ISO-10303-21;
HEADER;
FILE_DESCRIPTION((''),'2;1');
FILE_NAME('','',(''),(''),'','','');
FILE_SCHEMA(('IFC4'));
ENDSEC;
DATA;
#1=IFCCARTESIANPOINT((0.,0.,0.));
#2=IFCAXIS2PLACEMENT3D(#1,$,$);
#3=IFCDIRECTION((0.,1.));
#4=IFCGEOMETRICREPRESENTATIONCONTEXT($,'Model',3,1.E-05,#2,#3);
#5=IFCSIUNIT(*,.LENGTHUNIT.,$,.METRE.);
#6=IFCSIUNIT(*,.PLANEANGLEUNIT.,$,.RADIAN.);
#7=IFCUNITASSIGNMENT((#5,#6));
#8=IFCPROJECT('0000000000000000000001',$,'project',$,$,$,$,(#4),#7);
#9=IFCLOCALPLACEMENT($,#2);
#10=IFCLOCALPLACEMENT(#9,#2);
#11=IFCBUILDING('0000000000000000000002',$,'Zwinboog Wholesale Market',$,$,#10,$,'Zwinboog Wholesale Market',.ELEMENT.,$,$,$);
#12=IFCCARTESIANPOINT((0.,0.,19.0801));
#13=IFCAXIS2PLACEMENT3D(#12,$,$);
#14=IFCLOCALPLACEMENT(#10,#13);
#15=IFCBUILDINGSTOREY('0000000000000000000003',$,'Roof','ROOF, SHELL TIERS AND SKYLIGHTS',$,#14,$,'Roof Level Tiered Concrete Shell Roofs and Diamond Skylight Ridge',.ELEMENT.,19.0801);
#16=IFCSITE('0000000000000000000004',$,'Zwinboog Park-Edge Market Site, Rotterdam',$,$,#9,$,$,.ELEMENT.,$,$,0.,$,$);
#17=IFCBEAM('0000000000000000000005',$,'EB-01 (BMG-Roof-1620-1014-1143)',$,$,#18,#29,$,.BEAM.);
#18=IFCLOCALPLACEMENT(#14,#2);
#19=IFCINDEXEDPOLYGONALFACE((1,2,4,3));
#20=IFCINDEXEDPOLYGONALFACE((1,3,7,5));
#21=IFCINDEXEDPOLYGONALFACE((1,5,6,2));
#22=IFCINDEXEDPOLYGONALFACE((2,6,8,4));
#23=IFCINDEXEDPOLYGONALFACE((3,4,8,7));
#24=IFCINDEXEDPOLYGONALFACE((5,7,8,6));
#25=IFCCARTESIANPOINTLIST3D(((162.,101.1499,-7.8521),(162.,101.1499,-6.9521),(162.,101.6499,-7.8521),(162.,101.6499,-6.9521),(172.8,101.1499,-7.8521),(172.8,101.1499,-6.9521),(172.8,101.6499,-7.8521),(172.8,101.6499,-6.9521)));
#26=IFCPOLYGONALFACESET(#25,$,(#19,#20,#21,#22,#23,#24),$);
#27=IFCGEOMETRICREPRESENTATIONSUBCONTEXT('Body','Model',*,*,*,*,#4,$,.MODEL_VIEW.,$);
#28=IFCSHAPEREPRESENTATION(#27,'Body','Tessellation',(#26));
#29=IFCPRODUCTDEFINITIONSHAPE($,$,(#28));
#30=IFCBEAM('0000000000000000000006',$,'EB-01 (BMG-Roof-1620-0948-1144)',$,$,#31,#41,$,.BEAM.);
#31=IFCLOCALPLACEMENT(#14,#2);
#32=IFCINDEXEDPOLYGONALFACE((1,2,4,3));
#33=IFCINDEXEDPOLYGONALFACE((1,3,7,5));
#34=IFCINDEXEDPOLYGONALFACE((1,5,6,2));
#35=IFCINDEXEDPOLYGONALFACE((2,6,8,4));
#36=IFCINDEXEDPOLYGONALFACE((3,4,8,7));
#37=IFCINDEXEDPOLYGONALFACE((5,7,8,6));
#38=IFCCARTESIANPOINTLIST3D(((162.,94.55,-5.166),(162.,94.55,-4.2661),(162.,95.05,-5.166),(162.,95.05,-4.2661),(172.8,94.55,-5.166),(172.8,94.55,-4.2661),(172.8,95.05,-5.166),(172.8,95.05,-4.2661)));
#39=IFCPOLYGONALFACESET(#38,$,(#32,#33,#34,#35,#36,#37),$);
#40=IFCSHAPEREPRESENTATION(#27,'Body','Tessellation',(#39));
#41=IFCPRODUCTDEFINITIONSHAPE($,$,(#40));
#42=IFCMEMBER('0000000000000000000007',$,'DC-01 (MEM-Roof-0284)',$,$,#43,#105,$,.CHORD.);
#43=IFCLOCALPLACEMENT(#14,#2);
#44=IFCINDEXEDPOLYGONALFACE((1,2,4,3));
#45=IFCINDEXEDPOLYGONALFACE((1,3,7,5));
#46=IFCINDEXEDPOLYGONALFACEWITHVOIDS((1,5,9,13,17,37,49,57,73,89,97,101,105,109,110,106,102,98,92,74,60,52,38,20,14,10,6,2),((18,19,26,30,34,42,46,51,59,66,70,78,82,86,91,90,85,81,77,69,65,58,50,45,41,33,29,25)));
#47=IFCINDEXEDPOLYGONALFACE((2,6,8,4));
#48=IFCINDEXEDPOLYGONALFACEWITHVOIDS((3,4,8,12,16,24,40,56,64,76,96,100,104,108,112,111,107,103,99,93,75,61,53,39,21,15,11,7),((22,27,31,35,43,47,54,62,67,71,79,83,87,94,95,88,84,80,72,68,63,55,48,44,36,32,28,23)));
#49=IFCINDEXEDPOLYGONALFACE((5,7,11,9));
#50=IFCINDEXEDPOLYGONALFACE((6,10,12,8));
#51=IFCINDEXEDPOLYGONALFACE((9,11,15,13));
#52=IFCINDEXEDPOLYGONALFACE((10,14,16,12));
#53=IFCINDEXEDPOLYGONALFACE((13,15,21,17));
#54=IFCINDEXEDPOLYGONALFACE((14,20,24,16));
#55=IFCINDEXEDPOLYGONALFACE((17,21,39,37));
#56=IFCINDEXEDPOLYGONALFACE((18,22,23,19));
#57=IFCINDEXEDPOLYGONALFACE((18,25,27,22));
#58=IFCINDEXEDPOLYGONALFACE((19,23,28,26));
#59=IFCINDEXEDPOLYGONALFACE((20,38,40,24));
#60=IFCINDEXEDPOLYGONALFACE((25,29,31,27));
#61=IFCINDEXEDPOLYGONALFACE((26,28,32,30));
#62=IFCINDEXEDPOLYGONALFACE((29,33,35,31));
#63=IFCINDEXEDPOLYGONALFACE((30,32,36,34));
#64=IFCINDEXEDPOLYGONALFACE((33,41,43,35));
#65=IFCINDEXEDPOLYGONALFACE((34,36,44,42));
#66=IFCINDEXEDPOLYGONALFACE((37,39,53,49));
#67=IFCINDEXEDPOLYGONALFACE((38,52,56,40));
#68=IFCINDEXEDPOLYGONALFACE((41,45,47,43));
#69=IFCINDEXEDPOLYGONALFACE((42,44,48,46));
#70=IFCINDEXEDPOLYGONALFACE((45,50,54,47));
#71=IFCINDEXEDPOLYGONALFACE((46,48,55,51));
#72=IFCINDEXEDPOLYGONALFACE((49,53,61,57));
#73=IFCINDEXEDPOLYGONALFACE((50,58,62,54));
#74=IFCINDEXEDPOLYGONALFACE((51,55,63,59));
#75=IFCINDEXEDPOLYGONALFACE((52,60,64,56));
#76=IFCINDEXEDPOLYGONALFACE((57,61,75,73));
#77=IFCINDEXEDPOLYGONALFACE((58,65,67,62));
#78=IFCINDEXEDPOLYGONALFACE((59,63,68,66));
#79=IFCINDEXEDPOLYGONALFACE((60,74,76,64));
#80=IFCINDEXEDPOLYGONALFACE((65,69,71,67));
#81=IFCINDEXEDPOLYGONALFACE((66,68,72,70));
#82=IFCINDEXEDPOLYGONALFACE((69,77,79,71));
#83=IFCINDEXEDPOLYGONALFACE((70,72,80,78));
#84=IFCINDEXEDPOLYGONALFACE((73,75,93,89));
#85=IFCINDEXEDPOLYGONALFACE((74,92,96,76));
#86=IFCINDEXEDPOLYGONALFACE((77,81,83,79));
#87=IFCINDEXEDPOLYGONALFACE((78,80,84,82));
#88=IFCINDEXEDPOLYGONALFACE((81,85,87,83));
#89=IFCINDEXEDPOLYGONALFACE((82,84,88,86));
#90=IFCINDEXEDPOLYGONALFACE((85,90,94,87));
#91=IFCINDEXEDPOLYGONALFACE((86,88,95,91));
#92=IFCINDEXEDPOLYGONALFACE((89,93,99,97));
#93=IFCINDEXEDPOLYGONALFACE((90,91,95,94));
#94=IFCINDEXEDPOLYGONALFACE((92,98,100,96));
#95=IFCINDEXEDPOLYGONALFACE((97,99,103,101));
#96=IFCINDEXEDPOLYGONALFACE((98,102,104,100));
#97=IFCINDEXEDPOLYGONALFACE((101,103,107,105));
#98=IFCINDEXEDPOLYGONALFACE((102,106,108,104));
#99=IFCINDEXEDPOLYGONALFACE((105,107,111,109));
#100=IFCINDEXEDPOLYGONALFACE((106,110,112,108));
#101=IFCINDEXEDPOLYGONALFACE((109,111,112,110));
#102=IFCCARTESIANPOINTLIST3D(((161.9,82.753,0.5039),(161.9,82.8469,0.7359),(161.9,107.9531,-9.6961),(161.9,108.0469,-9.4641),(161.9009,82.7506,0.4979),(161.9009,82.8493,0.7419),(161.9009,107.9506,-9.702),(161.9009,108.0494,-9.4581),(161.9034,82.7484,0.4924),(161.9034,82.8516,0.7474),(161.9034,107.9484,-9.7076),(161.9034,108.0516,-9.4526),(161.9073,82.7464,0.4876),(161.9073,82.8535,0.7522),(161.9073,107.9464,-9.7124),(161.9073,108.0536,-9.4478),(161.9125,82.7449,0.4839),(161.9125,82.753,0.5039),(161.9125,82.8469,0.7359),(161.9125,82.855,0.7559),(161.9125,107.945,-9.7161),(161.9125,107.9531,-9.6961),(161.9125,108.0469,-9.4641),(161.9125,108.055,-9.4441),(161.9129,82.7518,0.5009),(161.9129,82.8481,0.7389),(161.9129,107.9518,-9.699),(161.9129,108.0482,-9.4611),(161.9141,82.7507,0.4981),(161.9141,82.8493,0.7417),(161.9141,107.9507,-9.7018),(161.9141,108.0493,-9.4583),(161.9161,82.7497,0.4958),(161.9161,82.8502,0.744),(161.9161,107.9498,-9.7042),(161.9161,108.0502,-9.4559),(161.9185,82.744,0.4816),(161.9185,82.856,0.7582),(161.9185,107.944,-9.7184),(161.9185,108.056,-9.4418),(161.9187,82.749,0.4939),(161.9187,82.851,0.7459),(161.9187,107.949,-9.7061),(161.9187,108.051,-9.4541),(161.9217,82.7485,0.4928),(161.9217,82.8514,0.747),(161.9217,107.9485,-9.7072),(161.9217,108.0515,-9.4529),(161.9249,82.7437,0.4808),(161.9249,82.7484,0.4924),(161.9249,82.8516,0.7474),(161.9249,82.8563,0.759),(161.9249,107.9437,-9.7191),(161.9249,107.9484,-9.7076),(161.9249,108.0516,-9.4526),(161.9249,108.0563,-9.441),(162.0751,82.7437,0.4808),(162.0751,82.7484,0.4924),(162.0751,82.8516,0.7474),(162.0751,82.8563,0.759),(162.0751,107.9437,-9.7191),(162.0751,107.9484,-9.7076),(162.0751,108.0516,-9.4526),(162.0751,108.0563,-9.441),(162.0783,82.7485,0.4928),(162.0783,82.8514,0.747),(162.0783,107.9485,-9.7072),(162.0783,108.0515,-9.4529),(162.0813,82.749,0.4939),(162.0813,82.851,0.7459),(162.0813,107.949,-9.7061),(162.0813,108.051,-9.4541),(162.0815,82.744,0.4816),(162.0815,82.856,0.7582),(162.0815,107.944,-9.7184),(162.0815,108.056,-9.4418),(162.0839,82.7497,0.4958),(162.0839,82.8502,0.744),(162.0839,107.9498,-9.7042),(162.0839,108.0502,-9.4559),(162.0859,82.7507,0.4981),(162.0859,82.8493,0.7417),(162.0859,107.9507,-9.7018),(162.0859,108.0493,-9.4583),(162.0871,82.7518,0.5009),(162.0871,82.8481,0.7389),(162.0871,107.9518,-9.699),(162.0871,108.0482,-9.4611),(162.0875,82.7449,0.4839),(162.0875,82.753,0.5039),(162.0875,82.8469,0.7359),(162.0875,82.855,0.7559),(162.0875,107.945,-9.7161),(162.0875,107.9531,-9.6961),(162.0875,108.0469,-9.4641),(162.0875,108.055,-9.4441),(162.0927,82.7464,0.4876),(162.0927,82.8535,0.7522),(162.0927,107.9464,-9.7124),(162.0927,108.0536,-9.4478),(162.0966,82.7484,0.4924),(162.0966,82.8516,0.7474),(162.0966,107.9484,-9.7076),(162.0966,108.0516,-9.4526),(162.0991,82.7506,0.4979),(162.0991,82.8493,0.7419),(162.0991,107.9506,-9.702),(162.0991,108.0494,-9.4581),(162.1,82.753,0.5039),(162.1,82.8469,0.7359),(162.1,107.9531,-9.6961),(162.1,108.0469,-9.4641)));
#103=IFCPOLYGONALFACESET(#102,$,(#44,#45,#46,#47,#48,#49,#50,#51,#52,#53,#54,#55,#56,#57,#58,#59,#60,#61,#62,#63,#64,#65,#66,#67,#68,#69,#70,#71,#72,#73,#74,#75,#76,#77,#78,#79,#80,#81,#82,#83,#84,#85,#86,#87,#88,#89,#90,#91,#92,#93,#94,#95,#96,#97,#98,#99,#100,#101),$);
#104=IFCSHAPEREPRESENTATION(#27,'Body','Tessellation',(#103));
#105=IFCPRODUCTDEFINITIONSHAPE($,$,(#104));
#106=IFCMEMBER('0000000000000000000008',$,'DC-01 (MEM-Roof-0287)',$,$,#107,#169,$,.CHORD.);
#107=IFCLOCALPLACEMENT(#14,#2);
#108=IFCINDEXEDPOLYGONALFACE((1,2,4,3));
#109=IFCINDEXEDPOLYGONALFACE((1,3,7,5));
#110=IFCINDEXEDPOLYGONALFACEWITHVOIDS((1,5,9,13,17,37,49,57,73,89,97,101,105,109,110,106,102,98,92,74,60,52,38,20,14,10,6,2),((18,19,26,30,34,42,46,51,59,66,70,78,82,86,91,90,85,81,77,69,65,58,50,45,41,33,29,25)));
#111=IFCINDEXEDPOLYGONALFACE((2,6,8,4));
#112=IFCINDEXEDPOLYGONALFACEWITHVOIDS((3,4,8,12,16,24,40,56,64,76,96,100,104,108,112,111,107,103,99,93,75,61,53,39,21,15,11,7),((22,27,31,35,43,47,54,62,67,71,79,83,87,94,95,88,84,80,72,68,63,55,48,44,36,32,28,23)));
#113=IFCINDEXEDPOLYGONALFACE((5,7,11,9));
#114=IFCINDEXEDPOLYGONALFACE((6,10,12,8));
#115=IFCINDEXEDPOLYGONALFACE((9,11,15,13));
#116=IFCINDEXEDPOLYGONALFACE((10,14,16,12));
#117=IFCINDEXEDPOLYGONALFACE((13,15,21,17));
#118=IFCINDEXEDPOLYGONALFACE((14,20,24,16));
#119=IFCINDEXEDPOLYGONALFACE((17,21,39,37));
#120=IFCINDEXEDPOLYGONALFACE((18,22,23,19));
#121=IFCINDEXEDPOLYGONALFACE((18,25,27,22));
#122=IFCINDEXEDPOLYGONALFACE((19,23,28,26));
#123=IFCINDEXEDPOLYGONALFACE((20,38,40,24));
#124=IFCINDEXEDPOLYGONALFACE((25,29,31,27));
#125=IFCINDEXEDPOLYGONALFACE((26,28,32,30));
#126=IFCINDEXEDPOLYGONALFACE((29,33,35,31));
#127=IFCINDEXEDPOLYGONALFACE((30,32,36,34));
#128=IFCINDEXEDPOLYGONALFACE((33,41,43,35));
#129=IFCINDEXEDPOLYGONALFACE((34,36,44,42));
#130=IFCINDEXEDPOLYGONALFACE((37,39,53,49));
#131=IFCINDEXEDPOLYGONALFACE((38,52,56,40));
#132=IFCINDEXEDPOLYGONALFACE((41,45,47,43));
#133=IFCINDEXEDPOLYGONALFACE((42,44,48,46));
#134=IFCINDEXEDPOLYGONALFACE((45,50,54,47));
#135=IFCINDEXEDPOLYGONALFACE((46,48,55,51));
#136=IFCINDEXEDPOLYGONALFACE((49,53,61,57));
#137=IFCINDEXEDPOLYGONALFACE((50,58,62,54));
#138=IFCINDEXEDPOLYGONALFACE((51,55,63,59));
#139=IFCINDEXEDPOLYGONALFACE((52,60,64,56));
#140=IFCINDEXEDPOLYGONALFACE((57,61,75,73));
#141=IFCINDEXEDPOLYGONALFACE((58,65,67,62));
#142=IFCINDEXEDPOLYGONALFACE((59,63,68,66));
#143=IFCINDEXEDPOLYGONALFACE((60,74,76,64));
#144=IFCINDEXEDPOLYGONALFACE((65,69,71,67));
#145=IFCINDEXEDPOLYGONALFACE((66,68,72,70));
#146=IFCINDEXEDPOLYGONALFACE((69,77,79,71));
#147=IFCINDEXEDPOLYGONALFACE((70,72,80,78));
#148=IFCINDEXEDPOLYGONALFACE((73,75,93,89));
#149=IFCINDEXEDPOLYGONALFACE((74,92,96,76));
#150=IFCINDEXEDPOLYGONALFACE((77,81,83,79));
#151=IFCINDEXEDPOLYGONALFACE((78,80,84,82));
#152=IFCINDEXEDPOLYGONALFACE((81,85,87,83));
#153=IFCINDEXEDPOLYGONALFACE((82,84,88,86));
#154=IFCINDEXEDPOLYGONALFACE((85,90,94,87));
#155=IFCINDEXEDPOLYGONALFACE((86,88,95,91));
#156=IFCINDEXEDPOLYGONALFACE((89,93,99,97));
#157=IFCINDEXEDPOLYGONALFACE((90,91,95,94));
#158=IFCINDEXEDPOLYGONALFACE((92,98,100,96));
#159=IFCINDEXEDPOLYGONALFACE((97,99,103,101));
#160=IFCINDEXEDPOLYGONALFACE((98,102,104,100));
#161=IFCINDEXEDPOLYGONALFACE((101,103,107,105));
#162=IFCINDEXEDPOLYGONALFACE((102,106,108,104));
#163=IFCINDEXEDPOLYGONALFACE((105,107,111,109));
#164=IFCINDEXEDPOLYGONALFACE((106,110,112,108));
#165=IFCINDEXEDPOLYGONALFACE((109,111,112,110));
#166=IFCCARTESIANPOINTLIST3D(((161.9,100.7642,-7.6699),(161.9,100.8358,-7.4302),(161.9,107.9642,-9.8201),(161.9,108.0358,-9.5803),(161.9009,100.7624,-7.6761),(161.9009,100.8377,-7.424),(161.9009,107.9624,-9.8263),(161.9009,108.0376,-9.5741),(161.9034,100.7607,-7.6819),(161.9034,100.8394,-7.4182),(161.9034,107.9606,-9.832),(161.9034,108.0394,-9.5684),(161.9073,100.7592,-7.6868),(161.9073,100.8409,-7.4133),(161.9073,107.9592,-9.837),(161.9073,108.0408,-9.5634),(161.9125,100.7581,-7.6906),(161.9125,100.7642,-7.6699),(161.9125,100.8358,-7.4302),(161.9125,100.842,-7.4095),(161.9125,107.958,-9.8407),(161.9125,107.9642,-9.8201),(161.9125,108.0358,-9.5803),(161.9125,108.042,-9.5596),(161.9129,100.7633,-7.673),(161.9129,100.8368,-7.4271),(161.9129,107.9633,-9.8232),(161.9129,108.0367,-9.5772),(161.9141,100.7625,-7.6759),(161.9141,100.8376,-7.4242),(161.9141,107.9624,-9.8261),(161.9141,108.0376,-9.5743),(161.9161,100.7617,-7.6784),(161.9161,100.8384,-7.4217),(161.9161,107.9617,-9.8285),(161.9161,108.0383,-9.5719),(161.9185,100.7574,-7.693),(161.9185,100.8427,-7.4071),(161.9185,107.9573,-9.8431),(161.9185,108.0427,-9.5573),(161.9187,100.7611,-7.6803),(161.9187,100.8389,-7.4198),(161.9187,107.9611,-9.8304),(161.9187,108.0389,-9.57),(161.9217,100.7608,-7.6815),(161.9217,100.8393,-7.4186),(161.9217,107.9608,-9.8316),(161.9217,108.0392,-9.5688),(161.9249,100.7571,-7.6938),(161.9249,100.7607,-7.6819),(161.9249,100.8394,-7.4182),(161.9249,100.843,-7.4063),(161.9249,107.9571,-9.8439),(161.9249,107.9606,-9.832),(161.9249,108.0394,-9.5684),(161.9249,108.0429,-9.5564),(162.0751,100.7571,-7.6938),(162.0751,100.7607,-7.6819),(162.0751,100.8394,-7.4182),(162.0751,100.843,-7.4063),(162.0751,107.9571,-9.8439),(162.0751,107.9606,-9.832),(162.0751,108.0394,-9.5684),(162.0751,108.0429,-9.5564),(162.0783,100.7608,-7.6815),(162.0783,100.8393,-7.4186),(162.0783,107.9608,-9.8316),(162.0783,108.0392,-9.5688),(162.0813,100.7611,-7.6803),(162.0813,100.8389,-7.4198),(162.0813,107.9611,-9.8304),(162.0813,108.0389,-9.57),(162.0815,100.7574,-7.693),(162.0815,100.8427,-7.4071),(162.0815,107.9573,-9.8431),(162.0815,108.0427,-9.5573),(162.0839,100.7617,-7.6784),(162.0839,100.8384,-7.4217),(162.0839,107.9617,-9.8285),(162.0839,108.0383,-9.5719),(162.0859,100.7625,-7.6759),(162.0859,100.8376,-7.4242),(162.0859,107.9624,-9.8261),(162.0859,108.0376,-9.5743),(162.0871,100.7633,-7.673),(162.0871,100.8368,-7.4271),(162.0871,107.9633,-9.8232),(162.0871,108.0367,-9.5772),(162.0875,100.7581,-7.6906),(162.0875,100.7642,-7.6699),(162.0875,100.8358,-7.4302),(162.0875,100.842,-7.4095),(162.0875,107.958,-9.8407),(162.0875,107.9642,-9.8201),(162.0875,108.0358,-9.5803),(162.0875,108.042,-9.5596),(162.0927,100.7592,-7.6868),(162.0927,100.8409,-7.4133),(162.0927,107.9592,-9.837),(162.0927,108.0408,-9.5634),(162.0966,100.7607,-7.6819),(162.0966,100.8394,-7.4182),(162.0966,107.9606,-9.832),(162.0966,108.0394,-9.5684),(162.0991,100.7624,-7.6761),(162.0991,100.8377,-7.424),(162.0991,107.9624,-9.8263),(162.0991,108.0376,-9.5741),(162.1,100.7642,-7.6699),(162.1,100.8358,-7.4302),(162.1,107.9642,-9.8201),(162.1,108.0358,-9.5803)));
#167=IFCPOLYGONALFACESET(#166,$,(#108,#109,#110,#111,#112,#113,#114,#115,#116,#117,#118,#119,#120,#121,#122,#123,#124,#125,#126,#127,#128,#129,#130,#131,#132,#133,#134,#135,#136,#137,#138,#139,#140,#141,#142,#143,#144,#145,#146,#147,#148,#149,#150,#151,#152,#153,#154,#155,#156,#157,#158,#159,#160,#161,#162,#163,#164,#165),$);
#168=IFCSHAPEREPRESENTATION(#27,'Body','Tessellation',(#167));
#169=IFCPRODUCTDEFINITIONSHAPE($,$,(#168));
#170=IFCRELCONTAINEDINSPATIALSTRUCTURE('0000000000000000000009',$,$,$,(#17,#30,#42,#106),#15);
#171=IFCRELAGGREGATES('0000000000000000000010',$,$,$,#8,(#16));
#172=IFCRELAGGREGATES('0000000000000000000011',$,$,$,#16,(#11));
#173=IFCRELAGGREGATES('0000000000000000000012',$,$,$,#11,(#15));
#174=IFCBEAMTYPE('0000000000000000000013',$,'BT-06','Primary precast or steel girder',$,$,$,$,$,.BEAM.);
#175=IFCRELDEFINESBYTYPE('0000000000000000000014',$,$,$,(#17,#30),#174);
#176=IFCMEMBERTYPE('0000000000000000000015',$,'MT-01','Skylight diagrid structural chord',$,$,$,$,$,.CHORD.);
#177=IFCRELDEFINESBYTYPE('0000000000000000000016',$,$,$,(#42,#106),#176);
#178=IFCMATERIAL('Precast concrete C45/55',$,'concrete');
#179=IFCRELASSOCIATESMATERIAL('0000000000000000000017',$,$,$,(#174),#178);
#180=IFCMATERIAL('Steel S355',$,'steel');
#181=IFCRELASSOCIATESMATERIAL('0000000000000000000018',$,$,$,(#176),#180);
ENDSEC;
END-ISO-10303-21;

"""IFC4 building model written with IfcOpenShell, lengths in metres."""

from ifc_helpers import new_model, si_unit, direction, frame, origin, origin_2d, place, context, subcontext, project, spatial, rectangle, hollow_rectangle, extrude, material, material_profile, profile_set, type_object, element, save


model = new_model("IFC4")

# Units and contexts
model_context = context("Model", 3, precision=1e-05, world=origin(), true_north=direction((0.0, 1.0)))
body_context = subcontext(model_context, "Body", "Model", "MODEL_VIEW")
ifc_project = project(units=[si_unit("LENGTHUNIT", "METRE"), si_unit("PLANEANGLEUNIT", "RADIAN")], contexts=[model_context])

# Site, building, storey
site_placement = place(None, origin())
site = spatial("IfcSite", under=ifc_project, at=site_placement, Name="Zwinboog Park-Edge Market Site, Rotterdam", CompositionType="ELEMENT", RefElevation=0.0)
building_placement = place(site_placement, origin())
building = spatial("IfcBuilding", under=site, at=building_placement, Name="Zwinboog Wholesale Market", LongName="Zwinboog Wholesale Market", CompositionType="ELEMENT")
storey_placement = place(building_placement, frame((0.0, 0.0, 19.0801)))
storey = spatial("IfcBuildingStorey", under=building, at=storey_placement, Name="Roof", Description="ROOF, SHELL TIERS AND SKYLIGHTS", LongName="Roof Level Tiered Concrete Shell Roofs and Diamond Skylight Ridge", CompositionType="ELEMENT", Elevation=19.0801)

# Beams
ifc_material_1 = material(Name="Precast concrete C45/55", Category="concrete")
ifc_material_profile_1 = material_profile(ifc_material_1, rectangle(XDim=0.5, YDim=0.8999, at=origin_2d()), Name="PC 500x900")
ifc_profile_set_1 = profile_set([ifc_material_profile_1], Name="Precast concrete C45/55")
beam_type = type_object("IfcBeamType", Name="BT-06", Description="Primary precast or steel girder", PredefinedType="BEAM", material=ifc_profile_set_1)
for number, where, z_axis, x_axis, name in (
    (1, (162.0, 101.3999, -7.4021), (1.0, 0.0, 0.0), (0.0, 1.0, 0.0), "EB-01 (BMG-Roof-1620-1014-1143)"),
    (2, (162.0, 94.8, -4.7161), (1.0, 0.0, 0.0), (0.0, 1.0, 0.0), "EB-01 (BMG-Roof-1620-0948-1144)"),
):
    element("IfcBeam", number, at=place(storey_placement, frame(where, z_axis=z_axis, x_axis=x_axis)), inside=storey, type_object=beam_type, Name=name, PredefinedType="BEAM", context=body_context, shape_type="SweptSolid", body=[
        extrude(rectangle(XDim=0.5, YDim=0.8999, at=origin_2d()), origin(), (0.0, 0.0, 1.0), 10.8),
    ])

# Members
ifc_material_2 = material(Name="Steel S355", Category="steel")
ifc_material_profile_2 = material_profile(ifc_material_2, hollow_rectangle(XDim=0.2, YDim=0.3, WallThickness=0.0125, InnerFilletRadius=0.0125, OuterFilletRadius=0.0249, at=origin_2d()), Name="RHS 300x200x12.5")
ifc_profile_set_2 = profile_set([ifc_material_profile_2], Name="Steel S355")
member_type_1 = type_object("IfcMemberType", Name="MT-01", Description="Skylight diagrid structural chord", PredefinedType="CHORD", material=ifc_profile_set_2)
member_1_placement = place(storey_placement, frame((162.0, 108.0, -9.5801), z_axis=(0.0, -0.926947, 0.375192), x_axis=(1.0, 0.0, 0.0)))
element("IfcMember", 3, at=member_1_placement, inside=storey, type_object=member_type_1, Name="DC-01 (MEM-Roof-0284)", PredefinedType="CHORD", context=body_context, shape_type="SweptSolid", body=[
    extrude(hollow_rectangle(XDim=0.2, YDim=0.3, WallThickness=0.0125, InnerFilletRadius=0.0125, OuterFilletRadius=0.0249, at=origin_2d()), origin(), (0.0, 0.0, 1.0), 27.186),
])
for number, where, z_axis, x_axis, name in (
    (4, (162.0, 108.0, -9.7002), (0.0, -0.958186, 0.286146), (1.0, 0.0, 0.0), "DC-01 (MEM-Roof-0287)"),
):
    element("IfcMember", number, at=place(storey_placement, frame(where, z_axis=z_axis, x_axis=x_axis)), inside=storey, type_object=member_type_1, Name=name, PredefinedType="CHORD", context=body_context, shape_type="SweptSolid", body=[
        extrude(hollow_rectangle(XDim=0.2, YDim=0.3, WallThickness=0.0125, InnerFilletRadius=0.0125, OuterFilletRadius=0.0249, at=origin_2d()), origin(), (0.0, 0.0, 1.0), 7.5142),
    ])

save(model, "model.ifc")
